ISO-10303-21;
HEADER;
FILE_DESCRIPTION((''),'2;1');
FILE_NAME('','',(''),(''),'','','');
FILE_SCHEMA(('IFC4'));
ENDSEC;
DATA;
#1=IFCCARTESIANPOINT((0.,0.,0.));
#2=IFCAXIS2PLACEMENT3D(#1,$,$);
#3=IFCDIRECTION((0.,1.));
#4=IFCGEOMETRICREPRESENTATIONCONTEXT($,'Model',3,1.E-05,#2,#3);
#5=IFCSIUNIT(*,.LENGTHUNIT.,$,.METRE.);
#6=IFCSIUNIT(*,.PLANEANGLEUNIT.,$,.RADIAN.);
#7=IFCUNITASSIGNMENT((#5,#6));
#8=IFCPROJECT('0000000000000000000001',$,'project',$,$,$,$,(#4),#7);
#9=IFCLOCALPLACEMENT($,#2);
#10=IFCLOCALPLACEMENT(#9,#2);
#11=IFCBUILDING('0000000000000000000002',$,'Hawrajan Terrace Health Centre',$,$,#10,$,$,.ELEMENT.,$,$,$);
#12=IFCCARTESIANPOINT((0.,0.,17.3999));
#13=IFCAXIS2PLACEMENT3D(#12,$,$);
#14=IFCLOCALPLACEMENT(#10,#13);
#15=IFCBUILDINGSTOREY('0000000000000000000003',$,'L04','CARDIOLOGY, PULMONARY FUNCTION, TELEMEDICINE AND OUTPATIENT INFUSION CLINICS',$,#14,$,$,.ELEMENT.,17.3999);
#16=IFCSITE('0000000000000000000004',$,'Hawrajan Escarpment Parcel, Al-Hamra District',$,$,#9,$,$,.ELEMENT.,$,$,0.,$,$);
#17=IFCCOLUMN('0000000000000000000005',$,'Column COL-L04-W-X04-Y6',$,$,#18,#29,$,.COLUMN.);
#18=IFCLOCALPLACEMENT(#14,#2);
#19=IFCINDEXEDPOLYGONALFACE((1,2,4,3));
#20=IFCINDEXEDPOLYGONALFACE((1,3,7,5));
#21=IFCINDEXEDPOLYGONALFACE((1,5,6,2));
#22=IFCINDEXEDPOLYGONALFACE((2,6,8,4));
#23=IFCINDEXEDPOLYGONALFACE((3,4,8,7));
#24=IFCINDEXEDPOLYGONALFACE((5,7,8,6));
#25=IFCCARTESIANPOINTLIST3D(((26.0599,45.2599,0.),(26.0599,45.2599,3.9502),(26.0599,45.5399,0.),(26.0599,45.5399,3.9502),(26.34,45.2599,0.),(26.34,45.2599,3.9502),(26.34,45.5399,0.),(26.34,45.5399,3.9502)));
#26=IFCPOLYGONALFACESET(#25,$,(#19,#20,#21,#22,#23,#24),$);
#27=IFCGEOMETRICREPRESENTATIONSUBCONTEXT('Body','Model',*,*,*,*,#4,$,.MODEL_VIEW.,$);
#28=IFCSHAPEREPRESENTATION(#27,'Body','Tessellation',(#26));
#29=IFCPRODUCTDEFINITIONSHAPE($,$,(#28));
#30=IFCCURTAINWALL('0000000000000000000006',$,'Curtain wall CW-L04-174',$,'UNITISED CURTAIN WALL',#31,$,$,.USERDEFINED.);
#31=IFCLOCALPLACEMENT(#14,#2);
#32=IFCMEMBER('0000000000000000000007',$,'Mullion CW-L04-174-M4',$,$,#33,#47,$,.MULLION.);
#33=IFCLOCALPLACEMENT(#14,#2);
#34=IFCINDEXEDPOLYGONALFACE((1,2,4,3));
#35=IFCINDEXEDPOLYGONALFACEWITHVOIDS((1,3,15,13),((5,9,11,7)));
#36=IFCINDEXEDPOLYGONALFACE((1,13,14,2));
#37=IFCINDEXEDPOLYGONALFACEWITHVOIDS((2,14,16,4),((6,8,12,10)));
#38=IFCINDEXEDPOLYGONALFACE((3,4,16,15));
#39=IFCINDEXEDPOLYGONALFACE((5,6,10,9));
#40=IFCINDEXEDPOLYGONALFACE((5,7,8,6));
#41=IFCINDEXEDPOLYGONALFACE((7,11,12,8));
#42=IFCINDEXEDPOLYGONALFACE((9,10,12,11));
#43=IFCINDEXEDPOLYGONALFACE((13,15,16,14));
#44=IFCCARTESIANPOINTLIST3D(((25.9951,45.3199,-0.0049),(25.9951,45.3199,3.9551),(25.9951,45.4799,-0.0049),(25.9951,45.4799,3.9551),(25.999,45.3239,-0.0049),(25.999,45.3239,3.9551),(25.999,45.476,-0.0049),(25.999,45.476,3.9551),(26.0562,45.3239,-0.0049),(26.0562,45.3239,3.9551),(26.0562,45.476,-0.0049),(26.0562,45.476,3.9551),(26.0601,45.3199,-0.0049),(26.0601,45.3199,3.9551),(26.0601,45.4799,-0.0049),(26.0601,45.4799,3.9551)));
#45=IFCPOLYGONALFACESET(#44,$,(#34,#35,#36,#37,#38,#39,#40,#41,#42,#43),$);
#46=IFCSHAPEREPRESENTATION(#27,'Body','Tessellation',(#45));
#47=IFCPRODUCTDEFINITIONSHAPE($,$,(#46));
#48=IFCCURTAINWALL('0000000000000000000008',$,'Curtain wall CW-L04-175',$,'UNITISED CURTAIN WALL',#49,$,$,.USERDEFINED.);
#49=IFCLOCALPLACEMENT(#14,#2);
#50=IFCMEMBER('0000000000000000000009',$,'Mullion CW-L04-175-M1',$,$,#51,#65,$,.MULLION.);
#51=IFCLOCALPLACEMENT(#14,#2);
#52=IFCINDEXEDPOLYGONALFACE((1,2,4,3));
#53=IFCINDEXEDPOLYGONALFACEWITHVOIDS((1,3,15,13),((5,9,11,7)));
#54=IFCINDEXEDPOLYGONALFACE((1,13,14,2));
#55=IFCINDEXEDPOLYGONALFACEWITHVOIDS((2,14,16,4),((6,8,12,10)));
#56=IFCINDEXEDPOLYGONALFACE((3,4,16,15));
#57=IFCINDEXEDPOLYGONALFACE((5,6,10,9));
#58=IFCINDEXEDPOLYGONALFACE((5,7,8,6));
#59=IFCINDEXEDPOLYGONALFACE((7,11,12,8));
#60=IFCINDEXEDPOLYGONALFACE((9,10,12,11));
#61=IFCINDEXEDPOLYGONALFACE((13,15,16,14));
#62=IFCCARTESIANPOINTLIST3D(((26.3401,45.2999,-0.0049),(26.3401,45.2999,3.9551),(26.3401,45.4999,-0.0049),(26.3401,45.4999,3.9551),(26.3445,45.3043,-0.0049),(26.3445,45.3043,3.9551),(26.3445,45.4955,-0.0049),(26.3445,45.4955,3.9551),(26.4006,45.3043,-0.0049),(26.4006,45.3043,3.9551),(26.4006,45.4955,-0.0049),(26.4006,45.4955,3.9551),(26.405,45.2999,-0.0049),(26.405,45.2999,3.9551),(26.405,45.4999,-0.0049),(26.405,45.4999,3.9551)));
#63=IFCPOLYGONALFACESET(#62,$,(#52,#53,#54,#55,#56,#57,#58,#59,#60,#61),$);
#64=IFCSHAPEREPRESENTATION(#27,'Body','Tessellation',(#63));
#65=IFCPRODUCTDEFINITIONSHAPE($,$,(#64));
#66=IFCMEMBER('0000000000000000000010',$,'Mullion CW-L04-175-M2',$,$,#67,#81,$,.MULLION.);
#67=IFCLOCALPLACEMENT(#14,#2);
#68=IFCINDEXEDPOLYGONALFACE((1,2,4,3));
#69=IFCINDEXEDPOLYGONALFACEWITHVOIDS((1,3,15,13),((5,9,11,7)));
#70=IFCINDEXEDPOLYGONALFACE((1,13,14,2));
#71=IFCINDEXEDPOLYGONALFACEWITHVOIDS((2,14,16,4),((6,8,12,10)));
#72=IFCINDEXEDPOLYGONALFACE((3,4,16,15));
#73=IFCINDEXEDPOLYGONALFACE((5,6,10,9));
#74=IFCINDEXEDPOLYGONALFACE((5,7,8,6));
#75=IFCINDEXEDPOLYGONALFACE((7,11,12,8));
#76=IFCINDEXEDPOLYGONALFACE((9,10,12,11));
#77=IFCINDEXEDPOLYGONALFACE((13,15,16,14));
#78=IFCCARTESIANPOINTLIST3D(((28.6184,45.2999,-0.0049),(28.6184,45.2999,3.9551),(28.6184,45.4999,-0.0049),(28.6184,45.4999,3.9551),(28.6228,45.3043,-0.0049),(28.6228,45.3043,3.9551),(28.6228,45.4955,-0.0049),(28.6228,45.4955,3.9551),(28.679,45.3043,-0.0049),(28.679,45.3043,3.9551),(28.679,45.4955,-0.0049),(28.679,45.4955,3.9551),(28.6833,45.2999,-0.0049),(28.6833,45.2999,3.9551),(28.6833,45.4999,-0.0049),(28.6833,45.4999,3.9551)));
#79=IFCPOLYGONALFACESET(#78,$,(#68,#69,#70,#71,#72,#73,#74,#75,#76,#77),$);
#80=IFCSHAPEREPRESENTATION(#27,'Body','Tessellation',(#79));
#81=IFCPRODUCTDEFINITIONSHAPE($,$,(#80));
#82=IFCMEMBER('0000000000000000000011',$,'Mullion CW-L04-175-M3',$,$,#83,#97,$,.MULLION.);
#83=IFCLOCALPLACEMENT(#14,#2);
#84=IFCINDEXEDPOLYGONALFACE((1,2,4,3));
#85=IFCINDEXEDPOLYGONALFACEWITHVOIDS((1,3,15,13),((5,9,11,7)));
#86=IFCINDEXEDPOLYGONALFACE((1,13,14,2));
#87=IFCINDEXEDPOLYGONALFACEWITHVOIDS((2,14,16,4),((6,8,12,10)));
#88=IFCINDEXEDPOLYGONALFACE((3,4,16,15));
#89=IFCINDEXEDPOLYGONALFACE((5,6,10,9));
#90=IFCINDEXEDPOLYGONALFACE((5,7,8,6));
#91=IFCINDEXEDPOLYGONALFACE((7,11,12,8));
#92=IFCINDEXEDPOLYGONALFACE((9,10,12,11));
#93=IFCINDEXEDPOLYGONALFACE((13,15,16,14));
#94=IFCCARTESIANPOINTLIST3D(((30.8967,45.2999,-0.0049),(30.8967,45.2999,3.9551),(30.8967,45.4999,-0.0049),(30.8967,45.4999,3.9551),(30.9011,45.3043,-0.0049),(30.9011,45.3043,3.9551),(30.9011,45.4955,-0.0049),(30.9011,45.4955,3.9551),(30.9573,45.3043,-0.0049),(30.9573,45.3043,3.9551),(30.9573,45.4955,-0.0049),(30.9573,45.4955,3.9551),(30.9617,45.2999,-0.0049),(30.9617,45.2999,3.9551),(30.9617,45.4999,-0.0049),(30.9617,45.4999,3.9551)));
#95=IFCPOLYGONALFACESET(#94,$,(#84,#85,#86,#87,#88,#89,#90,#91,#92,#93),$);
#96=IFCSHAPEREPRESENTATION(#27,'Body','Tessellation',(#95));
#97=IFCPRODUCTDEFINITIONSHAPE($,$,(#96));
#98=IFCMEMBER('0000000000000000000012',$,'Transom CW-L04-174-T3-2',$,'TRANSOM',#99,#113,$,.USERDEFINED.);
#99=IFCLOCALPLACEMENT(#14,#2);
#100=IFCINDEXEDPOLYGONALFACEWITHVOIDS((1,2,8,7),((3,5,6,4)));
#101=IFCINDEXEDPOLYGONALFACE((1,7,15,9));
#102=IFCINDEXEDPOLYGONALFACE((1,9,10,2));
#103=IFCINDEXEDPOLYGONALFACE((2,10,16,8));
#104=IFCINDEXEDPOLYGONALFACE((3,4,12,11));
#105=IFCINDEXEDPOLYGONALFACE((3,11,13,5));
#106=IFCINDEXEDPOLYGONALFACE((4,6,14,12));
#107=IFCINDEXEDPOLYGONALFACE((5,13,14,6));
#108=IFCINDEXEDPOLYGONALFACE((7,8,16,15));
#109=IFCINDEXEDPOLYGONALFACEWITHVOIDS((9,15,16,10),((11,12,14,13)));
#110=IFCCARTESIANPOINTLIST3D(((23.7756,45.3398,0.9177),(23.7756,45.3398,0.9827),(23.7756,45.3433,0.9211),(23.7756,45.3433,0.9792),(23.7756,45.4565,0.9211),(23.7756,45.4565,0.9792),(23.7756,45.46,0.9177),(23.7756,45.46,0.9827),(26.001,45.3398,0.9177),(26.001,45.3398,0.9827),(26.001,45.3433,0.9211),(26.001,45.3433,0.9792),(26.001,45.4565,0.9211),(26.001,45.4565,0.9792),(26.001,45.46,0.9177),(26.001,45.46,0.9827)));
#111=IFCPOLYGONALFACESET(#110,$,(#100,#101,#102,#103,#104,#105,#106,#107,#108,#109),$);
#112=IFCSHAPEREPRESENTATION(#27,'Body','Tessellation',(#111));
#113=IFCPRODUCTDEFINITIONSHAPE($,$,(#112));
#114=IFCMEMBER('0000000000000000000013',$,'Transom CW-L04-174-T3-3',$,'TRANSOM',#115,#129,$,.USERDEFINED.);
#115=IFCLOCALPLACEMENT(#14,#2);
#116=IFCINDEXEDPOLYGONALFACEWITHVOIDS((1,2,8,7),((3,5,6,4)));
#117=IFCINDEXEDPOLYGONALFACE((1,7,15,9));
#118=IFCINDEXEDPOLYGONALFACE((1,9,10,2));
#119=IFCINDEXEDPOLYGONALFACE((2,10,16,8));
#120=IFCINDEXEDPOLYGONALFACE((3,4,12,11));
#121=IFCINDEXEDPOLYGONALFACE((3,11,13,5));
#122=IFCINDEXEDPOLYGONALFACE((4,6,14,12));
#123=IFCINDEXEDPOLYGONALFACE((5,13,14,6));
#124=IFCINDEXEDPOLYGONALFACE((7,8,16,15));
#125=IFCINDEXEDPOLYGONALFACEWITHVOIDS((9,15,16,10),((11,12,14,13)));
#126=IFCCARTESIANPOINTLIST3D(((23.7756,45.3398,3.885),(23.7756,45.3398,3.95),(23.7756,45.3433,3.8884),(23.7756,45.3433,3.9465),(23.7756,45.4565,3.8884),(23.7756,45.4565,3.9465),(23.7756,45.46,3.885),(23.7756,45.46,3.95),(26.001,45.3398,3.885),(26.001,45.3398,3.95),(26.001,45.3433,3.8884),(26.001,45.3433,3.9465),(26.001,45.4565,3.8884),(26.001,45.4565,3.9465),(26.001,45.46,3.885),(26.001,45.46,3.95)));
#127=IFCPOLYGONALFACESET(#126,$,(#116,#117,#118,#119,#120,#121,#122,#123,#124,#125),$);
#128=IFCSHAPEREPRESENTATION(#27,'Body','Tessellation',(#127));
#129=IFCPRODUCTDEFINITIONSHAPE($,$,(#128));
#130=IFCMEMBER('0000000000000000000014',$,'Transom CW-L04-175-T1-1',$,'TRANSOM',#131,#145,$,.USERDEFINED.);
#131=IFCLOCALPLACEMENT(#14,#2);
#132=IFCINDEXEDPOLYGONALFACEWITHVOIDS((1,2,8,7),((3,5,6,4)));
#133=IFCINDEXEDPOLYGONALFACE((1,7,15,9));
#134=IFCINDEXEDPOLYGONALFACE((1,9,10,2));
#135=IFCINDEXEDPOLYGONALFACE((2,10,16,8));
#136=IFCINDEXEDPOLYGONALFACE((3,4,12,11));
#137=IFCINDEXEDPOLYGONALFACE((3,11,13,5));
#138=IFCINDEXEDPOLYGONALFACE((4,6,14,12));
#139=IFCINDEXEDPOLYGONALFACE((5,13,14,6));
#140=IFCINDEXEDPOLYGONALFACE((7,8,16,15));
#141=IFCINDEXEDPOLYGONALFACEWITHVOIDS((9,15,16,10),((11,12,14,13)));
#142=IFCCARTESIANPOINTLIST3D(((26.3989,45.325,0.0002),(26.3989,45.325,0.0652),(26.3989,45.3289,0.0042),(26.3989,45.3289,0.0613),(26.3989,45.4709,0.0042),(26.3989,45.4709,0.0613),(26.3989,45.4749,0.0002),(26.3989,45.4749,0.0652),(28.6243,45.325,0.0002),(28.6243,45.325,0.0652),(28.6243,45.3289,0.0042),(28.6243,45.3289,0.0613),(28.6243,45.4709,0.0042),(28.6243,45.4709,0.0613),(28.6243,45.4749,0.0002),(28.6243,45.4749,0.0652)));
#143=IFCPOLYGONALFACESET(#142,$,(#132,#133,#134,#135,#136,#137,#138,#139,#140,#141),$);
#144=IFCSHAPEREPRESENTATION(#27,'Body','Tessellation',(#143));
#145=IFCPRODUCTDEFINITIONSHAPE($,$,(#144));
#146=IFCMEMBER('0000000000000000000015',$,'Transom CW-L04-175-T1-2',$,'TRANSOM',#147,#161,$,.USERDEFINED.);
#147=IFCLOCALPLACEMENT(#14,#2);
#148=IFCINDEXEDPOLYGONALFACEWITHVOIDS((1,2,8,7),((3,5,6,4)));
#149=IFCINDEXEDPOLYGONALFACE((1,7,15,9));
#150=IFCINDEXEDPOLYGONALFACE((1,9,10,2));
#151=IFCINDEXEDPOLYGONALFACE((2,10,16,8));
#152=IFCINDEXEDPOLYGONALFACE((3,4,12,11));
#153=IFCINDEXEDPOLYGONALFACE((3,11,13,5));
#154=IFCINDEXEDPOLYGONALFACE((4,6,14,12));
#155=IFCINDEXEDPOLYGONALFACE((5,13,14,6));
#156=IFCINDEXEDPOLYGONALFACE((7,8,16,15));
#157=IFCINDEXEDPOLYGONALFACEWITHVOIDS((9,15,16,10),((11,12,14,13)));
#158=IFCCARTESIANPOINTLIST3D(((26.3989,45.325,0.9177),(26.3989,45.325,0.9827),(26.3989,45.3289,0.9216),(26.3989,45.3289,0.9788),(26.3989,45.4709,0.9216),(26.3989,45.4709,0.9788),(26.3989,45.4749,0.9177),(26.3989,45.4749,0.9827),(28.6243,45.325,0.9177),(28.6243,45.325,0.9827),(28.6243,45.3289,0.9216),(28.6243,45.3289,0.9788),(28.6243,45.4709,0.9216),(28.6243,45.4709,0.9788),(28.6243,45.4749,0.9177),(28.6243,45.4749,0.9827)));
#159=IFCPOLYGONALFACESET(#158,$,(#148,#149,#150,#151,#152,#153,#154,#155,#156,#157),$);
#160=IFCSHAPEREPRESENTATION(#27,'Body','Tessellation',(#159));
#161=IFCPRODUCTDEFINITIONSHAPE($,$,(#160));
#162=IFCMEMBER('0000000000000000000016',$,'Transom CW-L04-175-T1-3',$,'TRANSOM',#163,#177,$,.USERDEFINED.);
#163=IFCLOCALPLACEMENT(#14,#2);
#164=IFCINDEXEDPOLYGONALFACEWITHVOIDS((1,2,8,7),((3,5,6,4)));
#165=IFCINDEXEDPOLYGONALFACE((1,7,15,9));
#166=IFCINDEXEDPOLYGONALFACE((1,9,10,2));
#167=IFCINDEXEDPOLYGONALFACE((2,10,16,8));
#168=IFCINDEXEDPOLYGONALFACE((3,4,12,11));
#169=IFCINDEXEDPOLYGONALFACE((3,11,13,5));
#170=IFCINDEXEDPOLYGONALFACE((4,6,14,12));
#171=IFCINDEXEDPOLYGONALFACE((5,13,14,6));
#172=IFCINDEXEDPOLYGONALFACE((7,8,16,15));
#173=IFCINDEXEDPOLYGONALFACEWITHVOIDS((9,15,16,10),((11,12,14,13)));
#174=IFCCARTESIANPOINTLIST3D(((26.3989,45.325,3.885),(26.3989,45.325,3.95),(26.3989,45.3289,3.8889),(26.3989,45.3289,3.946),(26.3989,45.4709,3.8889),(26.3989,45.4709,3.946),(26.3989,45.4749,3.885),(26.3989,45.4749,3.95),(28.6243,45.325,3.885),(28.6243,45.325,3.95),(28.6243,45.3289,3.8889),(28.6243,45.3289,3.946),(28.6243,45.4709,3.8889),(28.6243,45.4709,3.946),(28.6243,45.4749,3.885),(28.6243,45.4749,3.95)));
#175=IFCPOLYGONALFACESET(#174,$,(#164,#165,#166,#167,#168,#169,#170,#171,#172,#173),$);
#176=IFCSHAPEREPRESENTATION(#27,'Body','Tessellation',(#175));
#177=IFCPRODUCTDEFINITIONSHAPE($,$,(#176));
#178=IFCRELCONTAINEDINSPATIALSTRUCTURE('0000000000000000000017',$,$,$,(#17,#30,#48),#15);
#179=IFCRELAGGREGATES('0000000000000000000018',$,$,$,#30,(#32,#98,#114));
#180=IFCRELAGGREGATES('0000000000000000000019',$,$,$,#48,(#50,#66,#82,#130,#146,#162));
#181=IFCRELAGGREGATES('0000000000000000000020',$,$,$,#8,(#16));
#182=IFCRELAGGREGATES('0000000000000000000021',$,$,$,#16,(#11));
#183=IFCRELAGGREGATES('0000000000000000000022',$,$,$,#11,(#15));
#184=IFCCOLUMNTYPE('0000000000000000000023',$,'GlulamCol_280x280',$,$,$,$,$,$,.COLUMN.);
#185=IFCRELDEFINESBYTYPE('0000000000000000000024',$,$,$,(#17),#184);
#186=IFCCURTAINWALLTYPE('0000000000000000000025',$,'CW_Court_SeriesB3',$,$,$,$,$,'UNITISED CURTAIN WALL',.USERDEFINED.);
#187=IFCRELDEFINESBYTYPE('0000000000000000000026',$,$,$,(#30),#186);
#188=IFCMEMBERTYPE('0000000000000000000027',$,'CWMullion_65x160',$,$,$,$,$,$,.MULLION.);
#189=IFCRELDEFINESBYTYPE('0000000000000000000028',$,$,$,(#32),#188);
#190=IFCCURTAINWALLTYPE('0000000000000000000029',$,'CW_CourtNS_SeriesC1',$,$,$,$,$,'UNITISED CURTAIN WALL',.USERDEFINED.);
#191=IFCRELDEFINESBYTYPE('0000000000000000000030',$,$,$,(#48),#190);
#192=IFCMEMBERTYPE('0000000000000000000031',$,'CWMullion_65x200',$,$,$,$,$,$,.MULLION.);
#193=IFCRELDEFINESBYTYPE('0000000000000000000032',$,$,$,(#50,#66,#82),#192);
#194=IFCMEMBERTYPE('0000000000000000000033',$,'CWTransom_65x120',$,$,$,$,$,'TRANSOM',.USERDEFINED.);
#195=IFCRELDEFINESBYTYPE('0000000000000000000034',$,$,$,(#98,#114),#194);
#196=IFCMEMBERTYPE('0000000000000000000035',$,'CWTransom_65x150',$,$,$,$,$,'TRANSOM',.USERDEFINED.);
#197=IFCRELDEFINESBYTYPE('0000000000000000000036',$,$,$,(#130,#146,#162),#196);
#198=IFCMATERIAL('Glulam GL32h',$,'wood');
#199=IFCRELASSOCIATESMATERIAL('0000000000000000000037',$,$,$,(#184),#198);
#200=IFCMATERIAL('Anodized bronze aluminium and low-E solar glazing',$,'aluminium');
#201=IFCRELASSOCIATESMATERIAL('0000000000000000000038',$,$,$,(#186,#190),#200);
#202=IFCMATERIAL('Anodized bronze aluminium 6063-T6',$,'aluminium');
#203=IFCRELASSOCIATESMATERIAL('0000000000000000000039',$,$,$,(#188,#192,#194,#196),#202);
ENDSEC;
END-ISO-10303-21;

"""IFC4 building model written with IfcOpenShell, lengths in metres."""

from ifc_helpers import new_model, si_unit, direction, frame, origin, origin_2d, place, context, subcontext, project, spatial, rectangle, hollow_rectangle, extrude, material, material_profile, profile_set, type_object, element, aggregate, save


model = new_model("IFC4")

# Units and contexts
model_context = context("Model", 3, precision=1e-05, world=origin(), true_north=direction((0.0, 1.0)))
body_context = subcontext(model_context, "Body", "Model", "MODEL_VIEW")
ifc_project = project(units=[si_unit("LENGTHUNIT", "METRE"), si_unit("PLANEANGLEUNIT", "RADIAN")], contexts=[model_context])

# Site, building, storey
site_placement = place(None, origin())
site = spatial("IfcSite", under=ifc_project, at=site_placement, Name="Hawrajan Escarpment Parcel, Al-Hamra District", CompositionType="ELEMENT", RefElevation=0.0)
building_placement = place(site_placement, origin())
building = spatial("IfcBuilding", under=site, at=building_placement, Name="Hawrajan Terrace Health Centre", CompositionType="ELEMENT")
storey_placement = place(building_placement, frame((0.0, 0.0, 17.3999)))
storey = spatial("IfcBuildingStorey", under=building, at=storey_placement, Name="L04", Description="CARDIOLOGY, PULMONARY FUNCTION, TELEMEDICINE AND OUTPATIENT INFUSION CLINICS", CompositionType="ELEMENT", Elevation=17.3999)

# Column
ifc_material_1 = material(Name="Glulam GL32h", Category="wood")
ifc_material_profile_1 = material_profile(ifc_material_1, rectangle(XDim=0.28, YDim=0.28, at=origin_2d()), Name="GL 280x280")
ifc_profile_set_1 = profile_set([ifc_material_profile_1], Name="Glulam GL32h")
column_type = type_object("IfcColumnType", Name="GlulamCol_280x280", PredefinedType="COLUMN", material=ifc_profile_set_1)
column_placement = place(storey_placement, frame((26.2, 45.3999, 0.0), z_axis=(0.0, 0.0, 1.0), x_axis=(1.0, 0.0, 0.0)))
element("IfcColumn", 1, at=column_placement, inside=storey, type_object=column_type, Name="Column COL-L04-W-X04-Y6", PredefinedType="COLUMN", context=body_context, shape_type="SweptSolid", body=[
    extrude(rectangle(XDim=0.28, YDim=0.28, at=origin_2d()), origin(), (0.0, 0.0, 1.0), 3.9502),
])

# Curtain wall, member
ifc_material_2 = material(Name="Anodized bronze aluminium and low-E solar glazing", Category="aluminium")
curtain_wall_type_1 = type_object("IfcCurtainWallType", Name="CW_Court_SeriesB3", ElementType="UNITISED CURTAIN WALL", PredefinedType="USERDEFINED", material=ifc_material_2)
curtain_wall_1_placement = place(storey_placement, origin())
curtain_wall_1 = element("IfcCurtainWall", 2, at=curtain_wall_1_placement, inside=storey, type_object=curtain_wall_type_1, Name="Curtain wall CW-L04-174", ObjectType="UNITISED CURTAIN WALL", PredefinedType="USERDEFINED")
ifc_material_3 = material(Name="Anodized bronze aluminium 6063-T6", Category="aluminium")
ifc_material_profile_2 = material_profile(ifc_material_3, hollow_rectangle(XDim=0.0649, YDim=0.1599, WallThickness=0.0039, at=origin_2d()), Name="CW MUL 65x160")
ifc_profile_set_2 = profile_set([ifc_material_profile_2], Name="Anodized bronze aluminium 6063-T6")
member_type_1 = type_object("IfcMemberType", Name="CWMullion_65x160", PredefinedType="MULLION", material=ifc_profile_set_2)
member_1_placement = place(storey_placement, frame((26.0276, 45.3999, -0.0049), z_axis=(0.0, 0.0, 1.0), x_axis=(1.0, 0.0, 0.0)))
member_1 = element("IfcMember", 3, at=member_1_placement, type_object=member_type_1, Name="Mullion CW-L04-174-M4", PredefinedType="MULLION", context=body_context, shape_type="SweptSolid", body=[
    extrude(hollow_rectangle(XDim=0.0649, YDim=0.1599, WallThickness=0.0039, at=origin_2d()), origin(), (0.0, 0.0, 1.0), 3.96),
])

# Curtain wall, members
curtain_wall_type_2 = type_object("IfcCurtainWallType", Name="CW_CourtNS_SeriesC1", ElementType="UNITISED CURTAIN WALL", PredefinedType="USERDEFINED", material=ifc_material_2)
curtain_wall_2_placement = place(storey_placement, origin())
curtain_wall_2 = element("IfcCurtainWall", 4, at=curtain_wall_2_placement, inside=storey, type_object=curtain_wall_type_2, Name="Curtain wall CW-L04-175", ObjectType="UNITISED CURTAIN WALL", PredefinedType="USERDEFINED")
ifc_material_profile_3 = material_profile(ifc_material_3, hollow_rectangle(XDim=0.0649, YDim=0.2, WallThickness=0.0044, at=origin_2d()), Name="CW MUL 65x200")
ifc_profile_set_3 = profile_set([ifc_material_profile_3], Name="Anodized bronze aluminium 6063-T6")
member_type_2 = type_object("IfcMemberType", Name="CWMullion_65x200", PredefinedType="MULLION", material=ifc_profile_set_3)
member_2_placement = place(storey_placement, frame((26.3726, 45.3999, -0.0049), z_axis=(0.0, 0.0, 1.0), x_axis=(1.0, 0.0, 0.0)))
member_2 = element("IfcMember", 5, at=member_2_placement, type_object=member_type_2, Name="Mullion CW-L04-175-M1", PredefinedType="MULLION", context=body_context, shape_type="SweptSolid", body=[
    extrude(hollow_rectangle(XDim=0.0649, YDim=0.2, WallThickness=0.0044, at=origin_2d()), origin(), (0.0, 0.0, 1.0), 3.96),
])
member_3_placement = place(storey_placement, frame((28.6509, 45.3999, -0.0049), z_axis=(0.0, 0.0, 1.0), x_axis=(1.0, 0.0, 0.0)))
member_3 = element("IfcMember", 6, at=member_3_placement, type_object=member_type_2, Name="Mullion CW-L04-175-M2", PredefinedType="MULLION", context=body_context, shape_type="SweptSolid", body=[
    extrude(hollow_rectangle(XDim=0.0649, YDim=0.2, WallThickness=0.0044, at=origin_2d()), origin(), (0.0, 0.0, 1.0), 3.96),
])
member_4_placement = place(storey_placement, frame((30.9292, 45.3999, -0.0049), z_axis=(0.0, 0.0, 1.0), x_axis=(1.0, 0.0, 0.0)))
member_4 = element("IfcMember", 7, at=member_4_placement, type_object=member_type_2, Name="Mullion CW-L04-175-M3", PredefinedType="MULLION", context=body_context, shape_type="SweptSolid", body=[
    extrude(hollow_rectangle(XDim=0.0649, YDim=0.2, WallThickness=0.0044, at=origin_2d()), origin(), (0.0, 0.0, 1.0), 3.96),
])

# Members
ifc_material_profile_4 = material_profile(ifc_material_3, hollow_rectangle(XDim=0.0649, YDim=0.1201, WallThickness=0.0034, at=origin_2d()), Name="CW TRN 65x120")
ifc_profile_set_4 = profile_set([ifc_material_profile_4], Name="Anodized bronze aluminium 6063-T6")
member_type_3 = type_object("IfcMemberType", Name="CWTransom_65x120", ElementType="TRANSOM", PredefinedType="USERDEFINED", material=ifc_profile_set_4)
member_5_placement = place(storey_placement, frame((23.7756, 45.3999, 0.9502), z_axis=(1.0, 0.0, 0.0), x_axis=(0.0, 0.0, 1.0)))
member_5 = element("IfcMember", 8, at=member_5_placement, type_object=member_type_3, Name="Transom CW-L04-174-T3-2", ObjectType="TRANSOM", PredefinedType="USERDEFINED", context=body_context, shape_type="SweptSolid", body=[
    extrude(hollow_rectangle(XDim=0.0649, YDim=0.1201, WallThickness=0.0034, at=origin_2d()), origin(), (0.0, 0.0, 1.0), 2.2253),
])
member_6_placement = place(storey_placement, frame((23.7756, 45.3999, 3.9175), z_axis=(1.0, 0.0, 0.0), x_axis=(0.0, 0.0, 1.0)))
member_6 = element("IfcMember", 9, at=member_6_placement, type_object=member_type_3, Name="Transom CW-L04-174-T3-3", ObjectType="TRANSOM", PredefinedType="USERDEFINED", context=body_context, shape_type="SweptSolid", body=[
    extrude(hollow_rectangle(XDim=0.0649, YDim=0.1201, WallThickness=0.0034, at=origin_2d()), origin(), (0.0, 0.0, 1.0), 2.2253),
])
ifc_material_profile_5 = material_profile(ifc_material_3, hollow_rectangle(XDim=0.0649, YDim=0.1499, WallThickness=0.0039, at=origin_2d()), Name="CW TRN 65x150")
ifc_profile_set_5 = profile_set([ifc_material_profile_5], Name="Anodized bronze aluminium 6063-T6")
member_type_4 = type_object("IfcMemberType", Name="CWTransom_65x150", ElementType="TRANSOM", PredefinedType="USERDEFINED", material=ifc_profile_set_5)
member_7_placement = place(storey_placement, frame((26.3989, 45.3999, 0.0327), z_axis=(1.0, 0.0, 0.0), x_axis=(0.0, 0.0, 1.0)))
member_7 = element("IfcMember", 10, at=member_7_placement, type_object=member_type_4, Name="Transom CW-L04-175-T1-1", ObjectType="TRANSOM", PredefinedType="USERDEFINED", context=body_context, shape_type="SweptSolid", body=[
    extrude(hollow_rectangle(XDim=0.0649, YDim=0.1499, WallThickness=0.0039, at=origin_2d()), origin(), (0.0, 0.0, 1.0), 2.2253),
])
member_8_placement = place(storey_placement, frame((26.3989, 45.3999, 0.9502), z_axis=(1.0, 0.0, 0.0), x_axis=(0.0, 0.0, 1.0)))
member_8 = element("IfcMember", 11, at=member_8_placement, type_object=member_type_4, Name="Transom CW-L04-175-T1-2", ObjectType="TRANSOM", PredefinedType="USERDEFINED", context=body_context, shape_type="SweptSolid", body=[
    extrude(hollow_rectangle(XDim=0.0649, YDim=0.1499, WallThickness=0.0039, at=origin_2d()), origin(), (0.0, 0.0, 1.0), 2.2253),
])
member_9_placement = place(storey_placement, frame((26.3989, 45.3999, 3.9175), z_axis=(1.0, 0.0, 0.0), x_axis=(0.0, 0.0, 1.0)))
member_9 = element("IfcMember", 12, at=member_9_placement, type_object=member_type_4, Name="Transom CW-L04-175-T1-3", ObjectType="TRANSOM", PredefinedType="USERDEFINED", context=body_context, shape_type="SweptSolid", body=[
    extrude(hollow_rectangle(XDim=0.0649, YDim=0.1499, WallThickness=0.0039, at=origin_2d()), origin(), (0.0, 0.0, 1.0), 2.2253),
])

aggregate(curtain_wall_1, [member_1, member_5, member_6])
aggregate(curtain_wall_2, [member_2, member_3, member_4, member_7, member_8, member_9])

save(model, "model.ifc")
